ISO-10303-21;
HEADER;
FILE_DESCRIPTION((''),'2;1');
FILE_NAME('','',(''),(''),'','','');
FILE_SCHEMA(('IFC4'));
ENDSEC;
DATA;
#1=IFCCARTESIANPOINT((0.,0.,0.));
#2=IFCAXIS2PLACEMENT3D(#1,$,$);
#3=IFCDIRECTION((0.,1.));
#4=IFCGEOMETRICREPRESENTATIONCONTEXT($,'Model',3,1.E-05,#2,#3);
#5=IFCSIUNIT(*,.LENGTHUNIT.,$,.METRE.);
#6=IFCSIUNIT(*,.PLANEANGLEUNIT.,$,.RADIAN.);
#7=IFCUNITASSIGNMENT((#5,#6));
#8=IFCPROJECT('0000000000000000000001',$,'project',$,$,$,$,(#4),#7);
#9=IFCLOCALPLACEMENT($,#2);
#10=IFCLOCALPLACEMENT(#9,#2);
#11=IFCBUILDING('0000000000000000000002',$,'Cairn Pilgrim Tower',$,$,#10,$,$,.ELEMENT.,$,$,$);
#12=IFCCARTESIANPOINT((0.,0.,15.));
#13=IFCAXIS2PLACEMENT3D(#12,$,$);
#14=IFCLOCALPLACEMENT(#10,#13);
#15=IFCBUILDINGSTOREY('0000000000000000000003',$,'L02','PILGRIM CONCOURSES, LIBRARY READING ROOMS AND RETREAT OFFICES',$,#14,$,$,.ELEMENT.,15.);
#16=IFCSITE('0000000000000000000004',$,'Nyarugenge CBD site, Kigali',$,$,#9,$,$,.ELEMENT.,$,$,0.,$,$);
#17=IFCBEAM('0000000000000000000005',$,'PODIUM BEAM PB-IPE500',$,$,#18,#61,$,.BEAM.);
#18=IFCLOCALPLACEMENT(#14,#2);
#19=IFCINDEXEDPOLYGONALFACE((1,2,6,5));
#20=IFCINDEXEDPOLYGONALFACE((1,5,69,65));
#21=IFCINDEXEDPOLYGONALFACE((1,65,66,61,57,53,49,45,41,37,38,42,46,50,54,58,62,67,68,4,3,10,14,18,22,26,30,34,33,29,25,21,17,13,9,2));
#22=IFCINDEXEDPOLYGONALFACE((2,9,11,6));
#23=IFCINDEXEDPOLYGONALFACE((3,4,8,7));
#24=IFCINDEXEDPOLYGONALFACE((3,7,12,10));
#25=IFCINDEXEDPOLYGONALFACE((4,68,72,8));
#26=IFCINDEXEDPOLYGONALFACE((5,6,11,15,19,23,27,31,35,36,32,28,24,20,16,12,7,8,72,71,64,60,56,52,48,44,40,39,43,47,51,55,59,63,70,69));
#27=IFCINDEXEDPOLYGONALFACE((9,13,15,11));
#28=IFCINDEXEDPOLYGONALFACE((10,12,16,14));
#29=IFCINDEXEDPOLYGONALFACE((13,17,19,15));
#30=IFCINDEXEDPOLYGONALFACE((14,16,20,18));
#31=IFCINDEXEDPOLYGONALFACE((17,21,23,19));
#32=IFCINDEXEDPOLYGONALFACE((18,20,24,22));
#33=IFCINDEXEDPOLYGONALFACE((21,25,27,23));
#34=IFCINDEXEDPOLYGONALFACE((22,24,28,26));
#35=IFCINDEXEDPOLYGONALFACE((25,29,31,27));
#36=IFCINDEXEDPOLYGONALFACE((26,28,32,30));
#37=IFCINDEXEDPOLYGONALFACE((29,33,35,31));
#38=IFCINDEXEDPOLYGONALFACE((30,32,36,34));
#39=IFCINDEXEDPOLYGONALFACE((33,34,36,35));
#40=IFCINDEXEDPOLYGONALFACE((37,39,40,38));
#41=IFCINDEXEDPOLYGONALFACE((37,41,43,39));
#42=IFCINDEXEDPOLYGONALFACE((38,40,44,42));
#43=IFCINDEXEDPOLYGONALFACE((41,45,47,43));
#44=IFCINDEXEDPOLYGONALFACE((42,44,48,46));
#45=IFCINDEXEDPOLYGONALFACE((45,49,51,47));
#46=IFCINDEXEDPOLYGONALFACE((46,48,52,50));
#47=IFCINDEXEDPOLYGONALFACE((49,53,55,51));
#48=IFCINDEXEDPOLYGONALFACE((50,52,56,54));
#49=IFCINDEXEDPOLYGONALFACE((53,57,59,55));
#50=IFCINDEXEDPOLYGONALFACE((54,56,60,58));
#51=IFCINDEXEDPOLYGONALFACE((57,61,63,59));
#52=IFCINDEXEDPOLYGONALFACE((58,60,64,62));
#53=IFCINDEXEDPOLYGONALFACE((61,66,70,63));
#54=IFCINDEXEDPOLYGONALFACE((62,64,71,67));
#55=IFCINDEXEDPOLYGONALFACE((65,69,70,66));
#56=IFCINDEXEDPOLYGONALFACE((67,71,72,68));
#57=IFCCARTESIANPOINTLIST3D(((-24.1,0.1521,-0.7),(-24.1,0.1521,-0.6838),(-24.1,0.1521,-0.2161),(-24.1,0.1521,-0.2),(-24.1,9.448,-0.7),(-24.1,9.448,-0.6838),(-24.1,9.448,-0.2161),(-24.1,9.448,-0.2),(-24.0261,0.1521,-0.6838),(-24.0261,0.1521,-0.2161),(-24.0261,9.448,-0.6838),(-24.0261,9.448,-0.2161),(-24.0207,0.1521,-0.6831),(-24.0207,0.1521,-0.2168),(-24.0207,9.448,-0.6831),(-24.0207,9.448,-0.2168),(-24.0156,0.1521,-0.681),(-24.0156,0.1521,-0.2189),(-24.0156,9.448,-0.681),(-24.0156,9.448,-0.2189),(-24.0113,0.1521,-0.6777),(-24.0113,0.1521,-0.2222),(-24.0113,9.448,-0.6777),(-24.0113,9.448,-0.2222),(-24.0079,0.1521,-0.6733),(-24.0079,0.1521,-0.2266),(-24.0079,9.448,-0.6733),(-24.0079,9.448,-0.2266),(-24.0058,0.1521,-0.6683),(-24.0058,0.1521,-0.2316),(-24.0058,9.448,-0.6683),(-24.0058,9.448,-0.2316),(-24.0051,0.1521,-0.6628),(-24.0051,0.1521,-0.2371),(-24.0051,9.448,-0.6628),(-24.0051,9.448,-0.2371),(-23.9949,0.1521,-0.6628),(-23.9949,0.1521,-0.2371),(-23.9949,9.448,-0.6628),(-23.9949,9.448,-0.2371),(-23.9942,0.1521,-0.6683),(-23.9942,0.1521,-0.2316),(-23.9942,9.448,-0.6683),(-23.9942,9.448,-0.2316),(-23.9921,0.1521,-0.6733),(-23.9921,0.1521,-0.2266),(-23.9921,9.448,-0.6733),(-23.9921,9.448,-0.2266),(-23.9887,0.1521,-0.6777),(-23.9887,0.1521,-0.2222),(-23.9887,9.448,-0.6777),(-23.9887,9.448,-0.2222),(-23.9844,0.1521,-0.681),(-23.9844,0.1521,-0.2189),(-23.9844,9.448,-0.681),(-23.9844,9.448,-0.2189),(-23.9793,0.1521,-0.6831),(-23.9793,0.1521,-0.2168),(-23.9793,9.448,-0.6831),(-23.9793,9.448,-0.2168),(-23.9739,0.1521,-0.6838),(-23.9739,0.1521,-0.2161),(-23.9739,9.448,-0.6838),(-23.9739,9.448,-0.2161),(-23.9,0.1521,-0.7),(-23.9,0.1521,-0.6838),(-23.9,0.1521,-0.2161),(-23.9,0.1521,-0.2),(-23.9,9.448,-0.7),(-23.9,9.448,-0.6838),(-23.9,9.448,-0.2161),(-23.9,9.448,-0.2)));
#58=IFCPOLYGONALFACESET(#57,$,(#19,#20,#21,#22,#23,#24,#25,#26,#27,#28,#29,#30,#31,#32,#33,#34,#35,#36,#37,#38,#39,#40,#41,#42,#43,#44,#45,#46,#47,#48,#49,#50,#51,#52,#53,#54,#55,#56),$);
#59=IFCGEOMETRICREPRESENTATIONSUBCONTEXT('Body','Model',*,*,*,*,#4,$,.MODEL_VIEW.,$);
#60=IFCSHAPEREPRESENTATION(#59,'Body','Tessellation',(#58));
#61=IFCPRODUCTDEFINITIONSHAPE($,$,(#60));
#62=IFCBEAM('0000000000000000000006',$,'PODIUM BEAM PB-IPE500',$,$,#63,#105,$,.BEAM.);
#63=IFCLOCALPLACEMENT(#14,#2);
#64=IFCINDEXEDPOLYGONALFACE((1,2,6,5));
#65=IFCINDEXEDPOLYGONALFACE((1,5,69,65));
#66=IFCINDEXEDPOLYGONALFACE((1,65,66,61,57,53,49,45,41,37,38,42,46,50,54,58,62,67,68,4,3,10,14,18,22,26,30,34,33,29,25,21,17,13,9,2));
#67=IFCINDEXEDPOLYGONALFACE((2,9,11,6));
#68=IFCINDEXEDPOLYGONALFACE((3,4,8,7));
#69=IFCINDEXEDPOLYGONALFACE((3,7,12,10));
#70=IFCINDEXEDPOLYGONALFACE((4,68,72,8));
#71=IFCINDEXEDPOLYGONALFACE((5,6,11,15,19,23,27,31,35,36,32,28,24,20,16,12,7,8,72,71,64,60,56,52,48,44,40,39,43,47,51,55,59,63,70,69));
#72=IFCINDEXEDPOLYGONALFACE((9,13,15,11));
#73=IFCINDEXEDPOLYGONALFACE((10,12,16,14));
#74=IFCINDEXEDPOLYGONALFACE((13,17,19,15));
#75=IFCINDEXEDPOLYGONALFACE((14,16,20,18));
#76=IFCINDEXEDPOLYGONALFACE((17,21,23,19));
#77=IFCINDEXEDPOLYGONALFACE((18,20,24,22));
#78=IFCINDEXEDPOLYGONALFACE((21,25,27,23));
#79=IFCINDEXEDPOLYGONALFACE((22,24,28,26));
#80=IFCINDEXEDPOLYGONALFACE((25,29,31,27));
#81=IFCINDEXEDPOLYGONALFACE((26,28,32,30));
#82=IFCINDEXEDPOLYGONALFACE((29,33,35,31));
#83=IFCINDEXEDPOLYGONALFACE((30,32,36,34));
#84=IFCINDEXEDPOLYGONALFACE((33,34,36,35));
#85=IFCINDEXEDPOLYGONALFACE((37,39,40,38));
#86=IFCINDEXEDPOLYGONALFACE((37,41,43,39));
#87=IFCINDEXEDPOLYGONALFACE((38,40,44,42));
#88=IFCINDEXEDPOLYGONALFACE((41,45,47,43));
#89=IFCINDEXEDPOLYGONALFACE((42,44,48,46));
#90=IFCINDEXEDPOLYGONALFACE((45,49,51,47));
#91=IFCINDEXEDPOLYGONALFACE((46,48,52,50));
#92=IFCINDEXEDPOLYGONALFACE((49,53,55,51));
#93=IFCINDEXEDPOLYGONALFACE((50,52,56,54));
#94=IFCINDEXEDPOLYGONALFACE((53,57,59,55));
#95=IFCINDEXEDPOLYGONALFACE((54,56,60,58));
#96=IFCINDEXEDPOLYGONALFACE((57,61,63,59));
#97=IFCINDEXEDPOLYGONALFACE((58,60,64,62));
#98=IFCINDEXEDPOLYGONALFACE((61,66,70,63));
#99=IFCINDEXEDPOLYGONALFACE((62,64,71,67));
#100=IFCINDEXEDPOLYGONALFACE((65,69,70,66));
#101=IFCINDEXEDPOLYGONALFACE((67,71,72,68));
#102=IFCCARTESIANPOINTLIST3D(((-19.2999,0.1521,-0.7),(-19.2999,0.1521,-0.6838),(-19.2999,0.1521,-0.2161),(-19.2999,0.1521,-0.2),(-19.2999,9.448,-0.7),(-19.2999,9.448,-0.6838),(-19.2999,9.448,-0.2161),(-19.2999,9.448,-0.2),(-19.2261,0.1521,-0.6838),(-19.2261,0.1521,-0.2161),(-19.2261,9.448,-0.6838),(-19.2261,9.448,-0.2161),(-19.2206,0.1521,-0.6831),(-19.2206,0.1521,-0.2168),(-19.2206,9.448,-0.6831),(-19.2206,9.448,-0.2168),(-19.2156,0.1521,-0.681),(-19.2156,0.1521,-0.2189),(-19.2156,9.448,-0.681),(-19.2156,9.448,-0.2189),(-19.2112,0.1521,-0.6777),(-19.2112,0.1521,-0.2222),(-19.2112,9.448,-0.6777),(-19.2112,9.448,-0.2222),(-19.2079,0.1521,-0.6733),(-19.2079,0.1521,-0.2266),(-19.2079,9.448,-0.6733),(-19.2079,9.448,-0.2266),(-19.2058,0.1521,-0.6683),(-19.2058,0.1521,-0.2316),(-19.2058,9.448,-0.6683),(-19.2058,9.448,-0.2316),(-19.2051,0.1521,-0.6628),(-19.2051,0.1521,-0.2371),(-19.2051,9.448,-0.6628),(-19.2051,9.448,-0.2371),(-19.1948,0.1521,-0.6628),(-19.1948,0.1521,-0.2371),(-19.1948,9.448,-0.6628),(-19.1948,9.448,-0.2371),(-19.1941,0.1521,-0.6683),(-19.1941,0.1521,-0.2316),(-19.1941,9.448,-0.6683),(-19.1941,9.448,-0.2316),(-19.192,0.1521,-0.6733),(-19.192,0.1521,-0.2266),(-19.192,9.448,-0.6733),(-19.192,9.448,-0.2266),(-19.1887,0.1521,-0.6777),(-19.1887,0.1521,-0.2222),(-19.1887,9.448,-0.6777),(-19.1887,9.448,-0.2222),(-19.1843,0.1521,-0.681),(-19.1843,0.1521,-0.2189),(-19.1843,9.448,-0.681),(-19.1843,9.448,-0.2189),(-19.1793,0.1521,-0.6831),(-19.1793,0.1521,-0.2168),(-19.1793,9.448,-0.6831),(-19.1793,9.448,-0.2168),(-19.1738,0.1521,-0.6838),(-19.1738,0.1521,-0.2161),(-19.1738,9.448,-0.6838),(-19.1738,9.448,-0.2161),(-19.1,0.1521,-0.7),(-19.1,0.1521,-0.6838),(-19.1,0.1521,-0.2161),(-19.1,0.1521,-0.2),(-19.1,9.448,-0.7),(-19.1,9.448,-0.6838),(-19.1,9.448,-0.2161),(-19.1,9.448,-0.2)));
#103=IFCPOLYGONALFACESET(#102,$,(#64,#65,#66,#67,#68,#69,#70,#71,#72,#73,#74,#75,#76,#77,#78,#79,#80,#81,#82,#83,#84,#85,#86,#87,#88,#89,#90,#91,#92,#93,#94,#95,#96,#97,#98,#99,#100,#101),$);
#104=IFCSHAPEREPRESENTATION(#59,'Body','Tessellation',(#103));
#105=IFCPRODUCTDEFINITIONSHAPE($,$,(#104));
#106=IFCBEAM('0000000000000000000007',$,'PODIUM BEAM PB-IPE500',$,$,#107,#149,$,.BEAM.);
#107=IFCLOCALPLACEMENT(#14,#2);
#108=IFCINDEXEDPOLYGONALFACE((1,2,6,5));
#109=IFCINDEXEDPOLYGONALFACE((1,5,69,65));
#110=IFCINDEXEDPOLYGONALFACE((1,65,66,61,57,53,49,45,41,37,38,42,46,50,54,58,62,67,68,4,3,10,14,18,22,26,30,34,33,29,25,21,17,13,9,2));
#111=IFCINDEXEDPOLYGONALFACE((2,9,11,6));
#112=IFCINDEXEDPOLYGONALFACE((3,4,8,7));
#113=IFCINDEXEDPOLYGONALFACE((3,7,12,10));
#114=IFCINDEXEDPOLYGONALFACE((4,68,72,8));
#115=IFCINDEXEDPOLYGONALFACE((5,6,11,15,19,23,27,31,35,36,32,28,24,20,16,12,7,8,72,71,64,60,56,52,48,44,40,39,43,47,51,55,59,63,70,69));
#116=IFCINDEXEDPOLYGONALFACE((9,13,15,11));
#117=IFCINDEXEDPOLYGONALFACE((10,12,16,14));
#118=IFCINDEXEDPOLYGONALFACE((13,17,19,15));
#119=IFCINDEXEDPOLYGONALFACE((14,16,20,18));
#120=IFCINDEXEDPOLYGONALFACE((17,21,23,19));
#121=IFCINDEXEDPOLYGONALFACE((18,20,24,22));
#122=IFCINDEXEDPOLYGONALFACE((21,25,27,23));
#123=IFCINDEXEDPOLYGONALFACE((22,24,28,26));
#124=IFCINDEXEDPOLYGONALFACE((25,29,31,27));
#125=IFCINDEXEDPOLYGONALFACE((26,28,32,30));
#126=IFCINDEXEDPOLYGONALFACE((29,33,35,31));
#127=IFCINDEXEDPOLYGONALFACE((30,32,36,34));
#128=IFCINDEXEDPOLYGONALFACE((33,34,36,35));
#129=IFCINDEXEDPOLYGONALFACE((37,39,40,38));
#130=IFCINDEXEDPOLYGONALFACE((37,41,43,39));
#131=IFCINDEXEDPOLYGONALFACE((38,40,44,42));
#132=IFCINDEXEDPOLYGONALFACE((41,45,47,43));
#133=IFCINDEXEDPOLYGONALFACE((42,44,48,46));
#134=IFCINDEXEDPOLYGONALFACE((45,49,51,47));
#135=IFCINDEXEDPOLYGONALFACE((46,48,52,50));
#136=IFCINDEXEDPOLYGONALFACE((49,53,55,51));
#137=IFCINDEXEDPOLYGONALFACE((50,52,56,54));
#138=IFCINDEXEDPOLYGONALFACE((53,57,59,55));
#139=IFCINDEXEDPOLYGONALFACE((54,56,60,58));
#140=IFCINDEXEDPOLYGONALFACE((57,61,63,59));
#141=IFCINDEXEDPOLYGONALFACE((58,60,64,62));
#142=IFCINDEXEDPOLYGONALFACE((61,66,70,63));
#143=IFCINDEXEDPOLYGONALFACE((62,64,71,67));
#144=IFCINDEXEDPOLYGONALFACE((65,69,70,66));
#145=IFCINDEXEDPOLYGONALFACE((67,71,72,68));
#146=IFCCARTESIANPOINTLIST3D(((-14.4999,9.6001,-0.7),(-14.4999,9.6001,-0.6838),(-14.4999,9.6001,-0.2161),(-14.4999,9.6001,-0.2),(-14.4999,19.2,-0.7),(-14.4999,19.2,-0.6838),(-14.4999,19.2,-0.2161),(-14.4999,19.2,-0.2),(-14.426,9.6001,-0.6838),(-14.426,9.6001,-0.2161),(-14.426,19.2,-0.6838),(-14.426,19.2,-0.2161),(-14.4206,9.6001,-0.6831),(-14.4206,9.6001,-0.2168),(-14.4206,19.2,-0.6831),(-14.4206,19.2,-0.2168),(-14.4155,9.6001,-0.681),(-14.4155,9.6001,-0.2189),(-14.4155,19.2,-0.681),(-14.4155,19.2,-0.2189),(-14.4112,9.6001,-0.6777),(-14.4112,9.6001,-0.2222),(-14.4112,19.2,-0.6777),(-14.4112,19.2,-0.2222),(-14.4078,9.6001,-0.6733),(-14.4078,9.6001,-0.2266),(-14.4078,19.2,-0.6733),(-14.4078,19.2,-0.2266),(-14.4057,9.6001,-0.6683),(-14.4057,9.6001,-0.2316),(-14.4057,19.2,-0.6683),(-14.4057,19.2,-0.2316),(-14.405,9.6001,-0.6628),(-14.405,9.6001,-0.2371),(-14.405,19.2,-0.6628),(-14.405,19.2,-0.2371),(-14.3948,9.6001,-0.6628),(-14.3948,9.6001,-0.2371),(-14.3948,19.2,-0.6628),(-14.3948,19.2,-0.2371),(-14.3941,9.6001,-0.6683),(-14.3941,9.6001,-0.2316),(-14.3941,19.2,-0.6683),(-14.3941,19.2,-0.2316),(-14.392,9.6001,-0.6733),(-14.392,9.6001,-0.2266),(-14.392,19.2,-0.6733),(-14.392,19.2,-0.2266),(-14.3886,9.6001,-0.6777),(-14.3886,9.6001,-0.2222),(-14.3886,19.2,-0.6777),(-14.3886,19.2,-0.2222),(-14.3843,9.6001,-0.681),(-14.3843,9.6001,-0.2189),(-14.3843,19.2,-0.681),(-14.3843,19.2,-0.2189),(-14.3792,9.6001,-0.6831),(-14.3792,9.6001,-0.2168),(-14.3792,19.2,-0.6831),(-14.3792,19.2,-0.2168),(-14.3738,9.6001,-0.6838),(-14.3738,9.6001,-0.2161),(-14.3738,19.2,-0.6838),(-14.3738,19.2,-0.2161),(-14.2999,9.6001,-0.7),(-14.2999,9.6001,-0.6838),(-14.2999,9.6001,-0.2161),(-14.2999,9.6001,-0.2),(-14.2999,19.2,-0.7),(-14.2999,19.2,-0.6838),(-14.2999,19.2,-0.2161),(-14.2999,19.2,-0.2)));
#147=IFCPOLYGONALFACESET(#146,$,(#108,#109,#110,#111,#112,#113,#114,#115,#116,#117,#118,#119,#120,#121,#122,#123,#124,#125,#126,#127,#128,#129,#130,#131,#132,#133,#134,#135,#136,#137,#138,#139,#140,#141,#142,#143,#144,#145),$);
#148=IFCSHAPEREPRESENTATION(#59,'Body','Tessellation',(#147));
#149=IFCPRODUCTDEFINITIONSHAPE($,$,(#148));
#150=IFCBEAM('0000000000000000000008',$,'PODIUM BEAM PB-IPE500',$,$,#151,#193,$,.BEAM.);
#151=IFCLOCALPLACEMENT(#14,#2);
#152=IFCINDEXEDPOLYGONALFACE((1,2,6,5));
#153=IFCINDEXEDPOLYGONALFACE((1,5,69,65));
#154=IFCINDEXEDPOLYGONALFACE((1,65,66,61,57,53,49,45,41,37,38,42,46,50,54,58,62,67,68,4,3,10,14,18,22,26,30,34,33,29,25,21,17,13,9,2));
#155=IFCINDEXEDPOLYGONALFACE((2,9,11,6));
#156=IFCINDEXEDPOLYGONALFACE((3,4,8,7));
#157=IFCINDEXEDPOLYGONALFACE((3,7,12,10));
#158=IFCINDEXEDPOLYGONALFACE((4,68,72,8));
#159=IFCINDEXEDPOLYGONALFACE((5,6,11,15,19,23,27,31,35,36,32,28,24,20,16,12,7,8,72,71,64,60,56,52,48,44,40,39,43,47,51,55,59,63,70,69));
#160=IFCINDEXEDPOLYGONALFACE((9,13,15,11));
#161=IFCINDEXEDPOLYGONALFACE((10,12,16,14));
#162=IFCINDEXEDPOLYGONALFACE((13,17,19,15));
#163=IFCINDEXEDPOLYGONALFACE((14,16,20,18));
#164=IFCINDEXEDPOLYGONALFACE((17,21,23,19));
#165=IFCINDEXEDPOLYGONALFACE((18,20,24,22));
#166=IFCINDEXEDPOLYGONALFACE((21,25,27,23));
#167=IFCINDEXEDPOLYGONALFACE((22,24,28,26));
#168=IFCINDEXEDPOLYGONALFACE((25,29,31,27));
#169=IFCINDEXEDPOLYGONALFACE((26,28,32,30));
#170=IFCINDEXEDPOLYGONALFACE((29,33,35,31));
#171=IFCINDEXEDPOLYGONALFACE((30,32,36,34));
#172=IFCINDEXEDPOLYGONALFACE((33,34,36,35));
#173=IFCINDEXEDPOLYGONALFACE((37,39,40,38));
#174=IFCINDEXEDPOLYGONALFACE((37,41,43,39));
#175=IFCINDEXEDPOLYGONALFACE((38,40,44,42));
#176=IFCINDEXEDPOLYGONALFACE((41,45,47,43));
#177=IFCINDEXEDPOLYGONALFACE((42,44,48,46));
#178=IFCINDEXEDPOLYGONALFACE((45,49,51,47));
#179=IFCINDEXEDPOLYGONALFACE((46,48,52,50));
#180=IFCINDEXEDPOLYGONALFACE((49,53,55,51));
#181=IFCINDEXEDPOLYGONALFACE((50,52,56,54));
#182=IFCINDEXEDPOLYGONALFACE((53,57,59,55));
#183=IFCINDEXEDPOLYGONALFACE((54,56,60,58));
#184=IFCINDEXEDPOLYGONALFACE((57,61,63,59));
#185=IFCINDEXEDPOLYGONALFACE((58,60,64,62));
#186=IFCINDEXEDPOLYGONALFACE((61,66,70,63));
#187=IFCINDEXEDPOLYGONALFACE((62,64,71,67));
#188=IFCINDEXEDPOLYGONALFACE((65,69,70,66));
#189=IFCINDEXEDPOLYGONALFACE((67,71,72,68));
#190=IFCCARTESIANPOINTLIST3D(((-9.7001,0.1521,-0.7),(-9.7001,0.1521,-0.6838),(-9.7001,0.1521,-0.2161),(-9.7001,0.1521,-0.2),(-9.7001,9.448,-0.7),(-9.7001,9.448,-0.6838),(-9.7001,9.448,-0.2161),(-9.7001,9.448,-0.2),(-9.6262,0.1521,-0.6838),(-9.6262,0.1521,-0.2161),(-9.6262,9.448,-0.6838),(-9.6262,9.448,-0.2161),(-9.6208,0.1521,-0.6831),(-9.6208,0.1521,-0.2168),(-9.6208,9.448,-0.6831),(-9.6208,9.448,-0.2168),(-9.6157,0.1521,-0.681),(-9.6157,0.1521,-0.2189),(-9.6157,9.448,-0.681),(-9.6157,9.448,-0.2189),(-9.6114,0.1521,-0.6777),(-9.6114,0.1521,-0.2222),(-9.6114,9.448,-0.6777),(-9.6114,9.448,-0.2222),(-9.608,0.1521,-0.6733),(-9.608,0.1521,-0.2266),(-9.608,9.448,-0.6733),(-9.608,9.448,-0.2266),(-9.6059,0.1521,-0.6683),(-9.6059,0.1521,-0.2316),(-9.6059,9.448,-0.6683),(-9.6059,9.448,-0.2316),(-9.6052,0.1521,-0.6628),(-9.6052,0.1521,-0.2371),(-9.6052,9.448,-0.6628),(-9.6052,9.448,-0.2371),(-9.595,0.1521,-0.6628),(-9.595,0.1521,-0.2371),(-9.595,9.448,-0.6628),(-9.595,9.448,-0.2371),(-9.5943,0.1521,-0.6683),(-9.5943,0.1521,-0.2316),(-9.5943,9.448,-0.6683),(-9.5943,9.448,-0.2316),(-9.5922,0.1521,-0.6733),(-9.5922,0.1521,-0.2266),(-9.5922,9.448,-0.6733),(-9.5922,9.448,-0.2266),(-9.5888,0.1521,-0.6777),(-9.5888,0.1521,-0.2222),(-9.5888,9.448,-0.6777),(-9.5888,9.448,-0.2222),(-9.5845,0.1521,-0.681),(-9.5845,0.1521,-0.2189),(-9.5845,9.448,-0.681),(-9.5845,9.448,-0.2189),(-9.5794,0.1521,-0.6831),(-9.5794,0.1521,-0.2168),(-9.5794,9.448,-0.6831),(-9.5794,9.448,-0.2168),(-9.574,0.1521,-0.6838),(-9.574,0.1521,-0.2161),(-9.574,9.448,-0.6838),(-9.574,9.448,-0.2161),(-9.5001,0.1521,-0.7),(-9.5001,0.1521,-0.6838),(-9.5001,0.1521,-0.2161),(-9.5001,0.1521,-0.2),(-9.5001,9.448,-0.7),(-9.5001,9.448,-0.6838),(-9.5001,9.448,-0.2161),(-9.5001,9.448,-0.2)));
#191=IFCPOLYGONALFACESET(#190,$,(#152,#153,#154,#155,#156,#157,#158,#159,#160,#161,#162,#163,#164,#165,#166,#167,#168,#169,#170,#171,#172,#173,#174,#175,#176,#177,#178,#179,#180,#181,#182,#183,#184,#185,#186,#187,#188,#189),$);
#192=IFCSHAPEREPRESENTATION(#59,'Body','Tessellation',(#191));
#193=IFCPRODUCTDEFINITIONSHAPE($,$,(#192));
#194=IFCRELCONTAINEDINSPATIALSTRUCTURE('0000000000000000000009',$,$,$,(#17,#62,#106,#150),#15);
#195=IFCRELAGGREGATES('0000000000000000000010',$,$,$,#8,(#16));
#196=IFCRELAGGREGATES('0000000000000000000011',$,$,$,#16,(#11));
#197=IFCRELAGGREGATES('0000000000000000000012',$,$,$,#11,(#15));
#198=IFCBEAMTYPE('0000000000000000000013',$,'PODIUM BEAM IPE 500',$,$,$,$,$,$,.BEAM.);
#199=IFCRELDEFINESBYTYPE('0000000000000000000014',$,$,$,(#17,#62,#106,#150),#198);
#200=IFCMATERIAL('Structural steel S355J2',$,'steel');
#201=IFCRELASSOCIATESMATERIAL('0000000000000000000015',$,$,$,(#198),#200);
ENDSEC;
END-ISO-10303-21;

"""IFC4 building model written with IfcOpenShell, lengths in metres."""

from ifc_helpers import new_model, si_unit, direction, frame, origin, origin_2d, place, context, subcontext, project, spatial, i_section, extrude, material, material_profile, profile_set, type_object, element, save


model = new_model("IFC4")

# Units and contexts
model_context = context("Model", 3, precision=1e-05, world=origin(), true_north=direction((0.0, 1.0)))
body_context = subcontext(model_context, "Body", "Model", "MODEL_VIEW")
ifc_project = project(units=[si_unit("LENGTHUNIT", "METRE"), si_unit("PLANEANGLEUNIT", "RADIAN")], contexts=[model_context])

# Site, building, storey
site_placement = place(None, origin())
site = spatial("IfcSite", under=ifc_project, at=site_placement, Name="Nyarugenge CBD site, Kigali", CompositionType="ELEMENT", RefElevation=0.0)
building_placement = place(site_placement, origin())
building = spatial("IfcBuilding", under=site, at=building_placement, Name="Cairn Pilgrim Tower", CompositionType="ELEMENT")
storey_placement = place(building_placement, frame((0.0, 0.0, 15.0)))
storey = spatial("IfcBuildingStorey", under=building, at=storey_placement, Name="L02", Description="PILGRIM CONCOURSES, LIBRARY READING ROOMS AND RETREAT OFFICES", CompositionType="ELEMENT", Elevation=15.0)

# Beams
ifc_material_1 = material(Name="Structural steel S355J2", Category="steel")
ifc_material_profile_1 = material_profile(ifc_material_1, i_section(OverallWidth=0.2, OverallDepth=0.5, WebThickness=0.0103, FlangeThickness=0.0161, FilletRadius=0.021, at=origin_2d()), Name="IPE 500")
ifc_profile_set_1 = profile_set([ifc_material_profile_1], Name="Structural steel S355J2")
beam_type_1 = type_object("IfcBeamType", Name="PODIUM BEAM IPE 500", PredefinedType="BEAM", material=ifc_profile_set_1)
for number, where, z_axis, x_axis, name in (
    (1, (-24.0, 0.1521, -0.45), (0.0, 1.0, 0.0), (-1.0, 0.0, 0.0), "PODIUM BEAM PB-IPE500"),
    (2, (-19.2, 0.1521, -0.45), (0.0, 1.0, 0.0), (-1.0, 0.0, 0.0), "PODIUM BEAM PB-IPE500"),
):
    element("IfcBeam", number, at=place(storey_placement, frame(where, z_axis=z_axis, x_axis=x_axis)), inside=storey, type_object=beam_type_1, Name=name, PredefinedType="BEAM", context=body_context, shape_type="SweptSolid", body=[
        extrude(i_section(OverallWidth=0.2, OverallDepth=0.5, WebThickness=0.0103, FlangeThickness=0.0161, FilletRadius=0.021, at=origin_2d()), origin(), (0.0, 0.0, 1.0), 9.2959),
    ])
beam_1_placement = place(storey_placement, frame((-14.3999, 9.6001, -0.45), z_axis=(0.0, 1.0, 0.0), x_axis=(-1.0, 0.0, 0.0)))
element("IfcBeam", 3, at=beam_1_placement, inside=storey, type_object=beam_type_1, Name="PODIUM BEAM PB-IPE500", PredefinedType="BEAM", context=body_context, shape_type="SweptSolid", body=[
    extrude(i_section(OverallWidth=0.2, OverallDepth=0.5, WebThickness=0.0103, FlangeThickness=0.0161, FilletRadius=0.021, at=origin_2d()), origin(), (0.0, 0.0, 1.0), 9.5999),
])
beam_2_placement = place(storey_placement, frame((-9.6001, 0.1521, -0.45), z_axis=(0.0, 1.0, 0.0), x_axis=(-1.0, 0.0, 0.0)))
element("IfcBeam", 4, at=beam_2_placement, inside=storey, type_object=beam_type_1, Name="PODIUM BEAM PB-IPE500", PredefinedType="BEAM", context=body_context, shape_type="SweptSolid", body=[
    extrude(i_section(OverallWidth=0.2, OverallDepth=0.5, WebThickness=0.0103, FlangeThickness=0.0161, FilletRadius=0.021, at=origin_2d()), origin(), (0.0, 0.0, 1.0), 9.2959),
])

save(model, "model.ifc")
